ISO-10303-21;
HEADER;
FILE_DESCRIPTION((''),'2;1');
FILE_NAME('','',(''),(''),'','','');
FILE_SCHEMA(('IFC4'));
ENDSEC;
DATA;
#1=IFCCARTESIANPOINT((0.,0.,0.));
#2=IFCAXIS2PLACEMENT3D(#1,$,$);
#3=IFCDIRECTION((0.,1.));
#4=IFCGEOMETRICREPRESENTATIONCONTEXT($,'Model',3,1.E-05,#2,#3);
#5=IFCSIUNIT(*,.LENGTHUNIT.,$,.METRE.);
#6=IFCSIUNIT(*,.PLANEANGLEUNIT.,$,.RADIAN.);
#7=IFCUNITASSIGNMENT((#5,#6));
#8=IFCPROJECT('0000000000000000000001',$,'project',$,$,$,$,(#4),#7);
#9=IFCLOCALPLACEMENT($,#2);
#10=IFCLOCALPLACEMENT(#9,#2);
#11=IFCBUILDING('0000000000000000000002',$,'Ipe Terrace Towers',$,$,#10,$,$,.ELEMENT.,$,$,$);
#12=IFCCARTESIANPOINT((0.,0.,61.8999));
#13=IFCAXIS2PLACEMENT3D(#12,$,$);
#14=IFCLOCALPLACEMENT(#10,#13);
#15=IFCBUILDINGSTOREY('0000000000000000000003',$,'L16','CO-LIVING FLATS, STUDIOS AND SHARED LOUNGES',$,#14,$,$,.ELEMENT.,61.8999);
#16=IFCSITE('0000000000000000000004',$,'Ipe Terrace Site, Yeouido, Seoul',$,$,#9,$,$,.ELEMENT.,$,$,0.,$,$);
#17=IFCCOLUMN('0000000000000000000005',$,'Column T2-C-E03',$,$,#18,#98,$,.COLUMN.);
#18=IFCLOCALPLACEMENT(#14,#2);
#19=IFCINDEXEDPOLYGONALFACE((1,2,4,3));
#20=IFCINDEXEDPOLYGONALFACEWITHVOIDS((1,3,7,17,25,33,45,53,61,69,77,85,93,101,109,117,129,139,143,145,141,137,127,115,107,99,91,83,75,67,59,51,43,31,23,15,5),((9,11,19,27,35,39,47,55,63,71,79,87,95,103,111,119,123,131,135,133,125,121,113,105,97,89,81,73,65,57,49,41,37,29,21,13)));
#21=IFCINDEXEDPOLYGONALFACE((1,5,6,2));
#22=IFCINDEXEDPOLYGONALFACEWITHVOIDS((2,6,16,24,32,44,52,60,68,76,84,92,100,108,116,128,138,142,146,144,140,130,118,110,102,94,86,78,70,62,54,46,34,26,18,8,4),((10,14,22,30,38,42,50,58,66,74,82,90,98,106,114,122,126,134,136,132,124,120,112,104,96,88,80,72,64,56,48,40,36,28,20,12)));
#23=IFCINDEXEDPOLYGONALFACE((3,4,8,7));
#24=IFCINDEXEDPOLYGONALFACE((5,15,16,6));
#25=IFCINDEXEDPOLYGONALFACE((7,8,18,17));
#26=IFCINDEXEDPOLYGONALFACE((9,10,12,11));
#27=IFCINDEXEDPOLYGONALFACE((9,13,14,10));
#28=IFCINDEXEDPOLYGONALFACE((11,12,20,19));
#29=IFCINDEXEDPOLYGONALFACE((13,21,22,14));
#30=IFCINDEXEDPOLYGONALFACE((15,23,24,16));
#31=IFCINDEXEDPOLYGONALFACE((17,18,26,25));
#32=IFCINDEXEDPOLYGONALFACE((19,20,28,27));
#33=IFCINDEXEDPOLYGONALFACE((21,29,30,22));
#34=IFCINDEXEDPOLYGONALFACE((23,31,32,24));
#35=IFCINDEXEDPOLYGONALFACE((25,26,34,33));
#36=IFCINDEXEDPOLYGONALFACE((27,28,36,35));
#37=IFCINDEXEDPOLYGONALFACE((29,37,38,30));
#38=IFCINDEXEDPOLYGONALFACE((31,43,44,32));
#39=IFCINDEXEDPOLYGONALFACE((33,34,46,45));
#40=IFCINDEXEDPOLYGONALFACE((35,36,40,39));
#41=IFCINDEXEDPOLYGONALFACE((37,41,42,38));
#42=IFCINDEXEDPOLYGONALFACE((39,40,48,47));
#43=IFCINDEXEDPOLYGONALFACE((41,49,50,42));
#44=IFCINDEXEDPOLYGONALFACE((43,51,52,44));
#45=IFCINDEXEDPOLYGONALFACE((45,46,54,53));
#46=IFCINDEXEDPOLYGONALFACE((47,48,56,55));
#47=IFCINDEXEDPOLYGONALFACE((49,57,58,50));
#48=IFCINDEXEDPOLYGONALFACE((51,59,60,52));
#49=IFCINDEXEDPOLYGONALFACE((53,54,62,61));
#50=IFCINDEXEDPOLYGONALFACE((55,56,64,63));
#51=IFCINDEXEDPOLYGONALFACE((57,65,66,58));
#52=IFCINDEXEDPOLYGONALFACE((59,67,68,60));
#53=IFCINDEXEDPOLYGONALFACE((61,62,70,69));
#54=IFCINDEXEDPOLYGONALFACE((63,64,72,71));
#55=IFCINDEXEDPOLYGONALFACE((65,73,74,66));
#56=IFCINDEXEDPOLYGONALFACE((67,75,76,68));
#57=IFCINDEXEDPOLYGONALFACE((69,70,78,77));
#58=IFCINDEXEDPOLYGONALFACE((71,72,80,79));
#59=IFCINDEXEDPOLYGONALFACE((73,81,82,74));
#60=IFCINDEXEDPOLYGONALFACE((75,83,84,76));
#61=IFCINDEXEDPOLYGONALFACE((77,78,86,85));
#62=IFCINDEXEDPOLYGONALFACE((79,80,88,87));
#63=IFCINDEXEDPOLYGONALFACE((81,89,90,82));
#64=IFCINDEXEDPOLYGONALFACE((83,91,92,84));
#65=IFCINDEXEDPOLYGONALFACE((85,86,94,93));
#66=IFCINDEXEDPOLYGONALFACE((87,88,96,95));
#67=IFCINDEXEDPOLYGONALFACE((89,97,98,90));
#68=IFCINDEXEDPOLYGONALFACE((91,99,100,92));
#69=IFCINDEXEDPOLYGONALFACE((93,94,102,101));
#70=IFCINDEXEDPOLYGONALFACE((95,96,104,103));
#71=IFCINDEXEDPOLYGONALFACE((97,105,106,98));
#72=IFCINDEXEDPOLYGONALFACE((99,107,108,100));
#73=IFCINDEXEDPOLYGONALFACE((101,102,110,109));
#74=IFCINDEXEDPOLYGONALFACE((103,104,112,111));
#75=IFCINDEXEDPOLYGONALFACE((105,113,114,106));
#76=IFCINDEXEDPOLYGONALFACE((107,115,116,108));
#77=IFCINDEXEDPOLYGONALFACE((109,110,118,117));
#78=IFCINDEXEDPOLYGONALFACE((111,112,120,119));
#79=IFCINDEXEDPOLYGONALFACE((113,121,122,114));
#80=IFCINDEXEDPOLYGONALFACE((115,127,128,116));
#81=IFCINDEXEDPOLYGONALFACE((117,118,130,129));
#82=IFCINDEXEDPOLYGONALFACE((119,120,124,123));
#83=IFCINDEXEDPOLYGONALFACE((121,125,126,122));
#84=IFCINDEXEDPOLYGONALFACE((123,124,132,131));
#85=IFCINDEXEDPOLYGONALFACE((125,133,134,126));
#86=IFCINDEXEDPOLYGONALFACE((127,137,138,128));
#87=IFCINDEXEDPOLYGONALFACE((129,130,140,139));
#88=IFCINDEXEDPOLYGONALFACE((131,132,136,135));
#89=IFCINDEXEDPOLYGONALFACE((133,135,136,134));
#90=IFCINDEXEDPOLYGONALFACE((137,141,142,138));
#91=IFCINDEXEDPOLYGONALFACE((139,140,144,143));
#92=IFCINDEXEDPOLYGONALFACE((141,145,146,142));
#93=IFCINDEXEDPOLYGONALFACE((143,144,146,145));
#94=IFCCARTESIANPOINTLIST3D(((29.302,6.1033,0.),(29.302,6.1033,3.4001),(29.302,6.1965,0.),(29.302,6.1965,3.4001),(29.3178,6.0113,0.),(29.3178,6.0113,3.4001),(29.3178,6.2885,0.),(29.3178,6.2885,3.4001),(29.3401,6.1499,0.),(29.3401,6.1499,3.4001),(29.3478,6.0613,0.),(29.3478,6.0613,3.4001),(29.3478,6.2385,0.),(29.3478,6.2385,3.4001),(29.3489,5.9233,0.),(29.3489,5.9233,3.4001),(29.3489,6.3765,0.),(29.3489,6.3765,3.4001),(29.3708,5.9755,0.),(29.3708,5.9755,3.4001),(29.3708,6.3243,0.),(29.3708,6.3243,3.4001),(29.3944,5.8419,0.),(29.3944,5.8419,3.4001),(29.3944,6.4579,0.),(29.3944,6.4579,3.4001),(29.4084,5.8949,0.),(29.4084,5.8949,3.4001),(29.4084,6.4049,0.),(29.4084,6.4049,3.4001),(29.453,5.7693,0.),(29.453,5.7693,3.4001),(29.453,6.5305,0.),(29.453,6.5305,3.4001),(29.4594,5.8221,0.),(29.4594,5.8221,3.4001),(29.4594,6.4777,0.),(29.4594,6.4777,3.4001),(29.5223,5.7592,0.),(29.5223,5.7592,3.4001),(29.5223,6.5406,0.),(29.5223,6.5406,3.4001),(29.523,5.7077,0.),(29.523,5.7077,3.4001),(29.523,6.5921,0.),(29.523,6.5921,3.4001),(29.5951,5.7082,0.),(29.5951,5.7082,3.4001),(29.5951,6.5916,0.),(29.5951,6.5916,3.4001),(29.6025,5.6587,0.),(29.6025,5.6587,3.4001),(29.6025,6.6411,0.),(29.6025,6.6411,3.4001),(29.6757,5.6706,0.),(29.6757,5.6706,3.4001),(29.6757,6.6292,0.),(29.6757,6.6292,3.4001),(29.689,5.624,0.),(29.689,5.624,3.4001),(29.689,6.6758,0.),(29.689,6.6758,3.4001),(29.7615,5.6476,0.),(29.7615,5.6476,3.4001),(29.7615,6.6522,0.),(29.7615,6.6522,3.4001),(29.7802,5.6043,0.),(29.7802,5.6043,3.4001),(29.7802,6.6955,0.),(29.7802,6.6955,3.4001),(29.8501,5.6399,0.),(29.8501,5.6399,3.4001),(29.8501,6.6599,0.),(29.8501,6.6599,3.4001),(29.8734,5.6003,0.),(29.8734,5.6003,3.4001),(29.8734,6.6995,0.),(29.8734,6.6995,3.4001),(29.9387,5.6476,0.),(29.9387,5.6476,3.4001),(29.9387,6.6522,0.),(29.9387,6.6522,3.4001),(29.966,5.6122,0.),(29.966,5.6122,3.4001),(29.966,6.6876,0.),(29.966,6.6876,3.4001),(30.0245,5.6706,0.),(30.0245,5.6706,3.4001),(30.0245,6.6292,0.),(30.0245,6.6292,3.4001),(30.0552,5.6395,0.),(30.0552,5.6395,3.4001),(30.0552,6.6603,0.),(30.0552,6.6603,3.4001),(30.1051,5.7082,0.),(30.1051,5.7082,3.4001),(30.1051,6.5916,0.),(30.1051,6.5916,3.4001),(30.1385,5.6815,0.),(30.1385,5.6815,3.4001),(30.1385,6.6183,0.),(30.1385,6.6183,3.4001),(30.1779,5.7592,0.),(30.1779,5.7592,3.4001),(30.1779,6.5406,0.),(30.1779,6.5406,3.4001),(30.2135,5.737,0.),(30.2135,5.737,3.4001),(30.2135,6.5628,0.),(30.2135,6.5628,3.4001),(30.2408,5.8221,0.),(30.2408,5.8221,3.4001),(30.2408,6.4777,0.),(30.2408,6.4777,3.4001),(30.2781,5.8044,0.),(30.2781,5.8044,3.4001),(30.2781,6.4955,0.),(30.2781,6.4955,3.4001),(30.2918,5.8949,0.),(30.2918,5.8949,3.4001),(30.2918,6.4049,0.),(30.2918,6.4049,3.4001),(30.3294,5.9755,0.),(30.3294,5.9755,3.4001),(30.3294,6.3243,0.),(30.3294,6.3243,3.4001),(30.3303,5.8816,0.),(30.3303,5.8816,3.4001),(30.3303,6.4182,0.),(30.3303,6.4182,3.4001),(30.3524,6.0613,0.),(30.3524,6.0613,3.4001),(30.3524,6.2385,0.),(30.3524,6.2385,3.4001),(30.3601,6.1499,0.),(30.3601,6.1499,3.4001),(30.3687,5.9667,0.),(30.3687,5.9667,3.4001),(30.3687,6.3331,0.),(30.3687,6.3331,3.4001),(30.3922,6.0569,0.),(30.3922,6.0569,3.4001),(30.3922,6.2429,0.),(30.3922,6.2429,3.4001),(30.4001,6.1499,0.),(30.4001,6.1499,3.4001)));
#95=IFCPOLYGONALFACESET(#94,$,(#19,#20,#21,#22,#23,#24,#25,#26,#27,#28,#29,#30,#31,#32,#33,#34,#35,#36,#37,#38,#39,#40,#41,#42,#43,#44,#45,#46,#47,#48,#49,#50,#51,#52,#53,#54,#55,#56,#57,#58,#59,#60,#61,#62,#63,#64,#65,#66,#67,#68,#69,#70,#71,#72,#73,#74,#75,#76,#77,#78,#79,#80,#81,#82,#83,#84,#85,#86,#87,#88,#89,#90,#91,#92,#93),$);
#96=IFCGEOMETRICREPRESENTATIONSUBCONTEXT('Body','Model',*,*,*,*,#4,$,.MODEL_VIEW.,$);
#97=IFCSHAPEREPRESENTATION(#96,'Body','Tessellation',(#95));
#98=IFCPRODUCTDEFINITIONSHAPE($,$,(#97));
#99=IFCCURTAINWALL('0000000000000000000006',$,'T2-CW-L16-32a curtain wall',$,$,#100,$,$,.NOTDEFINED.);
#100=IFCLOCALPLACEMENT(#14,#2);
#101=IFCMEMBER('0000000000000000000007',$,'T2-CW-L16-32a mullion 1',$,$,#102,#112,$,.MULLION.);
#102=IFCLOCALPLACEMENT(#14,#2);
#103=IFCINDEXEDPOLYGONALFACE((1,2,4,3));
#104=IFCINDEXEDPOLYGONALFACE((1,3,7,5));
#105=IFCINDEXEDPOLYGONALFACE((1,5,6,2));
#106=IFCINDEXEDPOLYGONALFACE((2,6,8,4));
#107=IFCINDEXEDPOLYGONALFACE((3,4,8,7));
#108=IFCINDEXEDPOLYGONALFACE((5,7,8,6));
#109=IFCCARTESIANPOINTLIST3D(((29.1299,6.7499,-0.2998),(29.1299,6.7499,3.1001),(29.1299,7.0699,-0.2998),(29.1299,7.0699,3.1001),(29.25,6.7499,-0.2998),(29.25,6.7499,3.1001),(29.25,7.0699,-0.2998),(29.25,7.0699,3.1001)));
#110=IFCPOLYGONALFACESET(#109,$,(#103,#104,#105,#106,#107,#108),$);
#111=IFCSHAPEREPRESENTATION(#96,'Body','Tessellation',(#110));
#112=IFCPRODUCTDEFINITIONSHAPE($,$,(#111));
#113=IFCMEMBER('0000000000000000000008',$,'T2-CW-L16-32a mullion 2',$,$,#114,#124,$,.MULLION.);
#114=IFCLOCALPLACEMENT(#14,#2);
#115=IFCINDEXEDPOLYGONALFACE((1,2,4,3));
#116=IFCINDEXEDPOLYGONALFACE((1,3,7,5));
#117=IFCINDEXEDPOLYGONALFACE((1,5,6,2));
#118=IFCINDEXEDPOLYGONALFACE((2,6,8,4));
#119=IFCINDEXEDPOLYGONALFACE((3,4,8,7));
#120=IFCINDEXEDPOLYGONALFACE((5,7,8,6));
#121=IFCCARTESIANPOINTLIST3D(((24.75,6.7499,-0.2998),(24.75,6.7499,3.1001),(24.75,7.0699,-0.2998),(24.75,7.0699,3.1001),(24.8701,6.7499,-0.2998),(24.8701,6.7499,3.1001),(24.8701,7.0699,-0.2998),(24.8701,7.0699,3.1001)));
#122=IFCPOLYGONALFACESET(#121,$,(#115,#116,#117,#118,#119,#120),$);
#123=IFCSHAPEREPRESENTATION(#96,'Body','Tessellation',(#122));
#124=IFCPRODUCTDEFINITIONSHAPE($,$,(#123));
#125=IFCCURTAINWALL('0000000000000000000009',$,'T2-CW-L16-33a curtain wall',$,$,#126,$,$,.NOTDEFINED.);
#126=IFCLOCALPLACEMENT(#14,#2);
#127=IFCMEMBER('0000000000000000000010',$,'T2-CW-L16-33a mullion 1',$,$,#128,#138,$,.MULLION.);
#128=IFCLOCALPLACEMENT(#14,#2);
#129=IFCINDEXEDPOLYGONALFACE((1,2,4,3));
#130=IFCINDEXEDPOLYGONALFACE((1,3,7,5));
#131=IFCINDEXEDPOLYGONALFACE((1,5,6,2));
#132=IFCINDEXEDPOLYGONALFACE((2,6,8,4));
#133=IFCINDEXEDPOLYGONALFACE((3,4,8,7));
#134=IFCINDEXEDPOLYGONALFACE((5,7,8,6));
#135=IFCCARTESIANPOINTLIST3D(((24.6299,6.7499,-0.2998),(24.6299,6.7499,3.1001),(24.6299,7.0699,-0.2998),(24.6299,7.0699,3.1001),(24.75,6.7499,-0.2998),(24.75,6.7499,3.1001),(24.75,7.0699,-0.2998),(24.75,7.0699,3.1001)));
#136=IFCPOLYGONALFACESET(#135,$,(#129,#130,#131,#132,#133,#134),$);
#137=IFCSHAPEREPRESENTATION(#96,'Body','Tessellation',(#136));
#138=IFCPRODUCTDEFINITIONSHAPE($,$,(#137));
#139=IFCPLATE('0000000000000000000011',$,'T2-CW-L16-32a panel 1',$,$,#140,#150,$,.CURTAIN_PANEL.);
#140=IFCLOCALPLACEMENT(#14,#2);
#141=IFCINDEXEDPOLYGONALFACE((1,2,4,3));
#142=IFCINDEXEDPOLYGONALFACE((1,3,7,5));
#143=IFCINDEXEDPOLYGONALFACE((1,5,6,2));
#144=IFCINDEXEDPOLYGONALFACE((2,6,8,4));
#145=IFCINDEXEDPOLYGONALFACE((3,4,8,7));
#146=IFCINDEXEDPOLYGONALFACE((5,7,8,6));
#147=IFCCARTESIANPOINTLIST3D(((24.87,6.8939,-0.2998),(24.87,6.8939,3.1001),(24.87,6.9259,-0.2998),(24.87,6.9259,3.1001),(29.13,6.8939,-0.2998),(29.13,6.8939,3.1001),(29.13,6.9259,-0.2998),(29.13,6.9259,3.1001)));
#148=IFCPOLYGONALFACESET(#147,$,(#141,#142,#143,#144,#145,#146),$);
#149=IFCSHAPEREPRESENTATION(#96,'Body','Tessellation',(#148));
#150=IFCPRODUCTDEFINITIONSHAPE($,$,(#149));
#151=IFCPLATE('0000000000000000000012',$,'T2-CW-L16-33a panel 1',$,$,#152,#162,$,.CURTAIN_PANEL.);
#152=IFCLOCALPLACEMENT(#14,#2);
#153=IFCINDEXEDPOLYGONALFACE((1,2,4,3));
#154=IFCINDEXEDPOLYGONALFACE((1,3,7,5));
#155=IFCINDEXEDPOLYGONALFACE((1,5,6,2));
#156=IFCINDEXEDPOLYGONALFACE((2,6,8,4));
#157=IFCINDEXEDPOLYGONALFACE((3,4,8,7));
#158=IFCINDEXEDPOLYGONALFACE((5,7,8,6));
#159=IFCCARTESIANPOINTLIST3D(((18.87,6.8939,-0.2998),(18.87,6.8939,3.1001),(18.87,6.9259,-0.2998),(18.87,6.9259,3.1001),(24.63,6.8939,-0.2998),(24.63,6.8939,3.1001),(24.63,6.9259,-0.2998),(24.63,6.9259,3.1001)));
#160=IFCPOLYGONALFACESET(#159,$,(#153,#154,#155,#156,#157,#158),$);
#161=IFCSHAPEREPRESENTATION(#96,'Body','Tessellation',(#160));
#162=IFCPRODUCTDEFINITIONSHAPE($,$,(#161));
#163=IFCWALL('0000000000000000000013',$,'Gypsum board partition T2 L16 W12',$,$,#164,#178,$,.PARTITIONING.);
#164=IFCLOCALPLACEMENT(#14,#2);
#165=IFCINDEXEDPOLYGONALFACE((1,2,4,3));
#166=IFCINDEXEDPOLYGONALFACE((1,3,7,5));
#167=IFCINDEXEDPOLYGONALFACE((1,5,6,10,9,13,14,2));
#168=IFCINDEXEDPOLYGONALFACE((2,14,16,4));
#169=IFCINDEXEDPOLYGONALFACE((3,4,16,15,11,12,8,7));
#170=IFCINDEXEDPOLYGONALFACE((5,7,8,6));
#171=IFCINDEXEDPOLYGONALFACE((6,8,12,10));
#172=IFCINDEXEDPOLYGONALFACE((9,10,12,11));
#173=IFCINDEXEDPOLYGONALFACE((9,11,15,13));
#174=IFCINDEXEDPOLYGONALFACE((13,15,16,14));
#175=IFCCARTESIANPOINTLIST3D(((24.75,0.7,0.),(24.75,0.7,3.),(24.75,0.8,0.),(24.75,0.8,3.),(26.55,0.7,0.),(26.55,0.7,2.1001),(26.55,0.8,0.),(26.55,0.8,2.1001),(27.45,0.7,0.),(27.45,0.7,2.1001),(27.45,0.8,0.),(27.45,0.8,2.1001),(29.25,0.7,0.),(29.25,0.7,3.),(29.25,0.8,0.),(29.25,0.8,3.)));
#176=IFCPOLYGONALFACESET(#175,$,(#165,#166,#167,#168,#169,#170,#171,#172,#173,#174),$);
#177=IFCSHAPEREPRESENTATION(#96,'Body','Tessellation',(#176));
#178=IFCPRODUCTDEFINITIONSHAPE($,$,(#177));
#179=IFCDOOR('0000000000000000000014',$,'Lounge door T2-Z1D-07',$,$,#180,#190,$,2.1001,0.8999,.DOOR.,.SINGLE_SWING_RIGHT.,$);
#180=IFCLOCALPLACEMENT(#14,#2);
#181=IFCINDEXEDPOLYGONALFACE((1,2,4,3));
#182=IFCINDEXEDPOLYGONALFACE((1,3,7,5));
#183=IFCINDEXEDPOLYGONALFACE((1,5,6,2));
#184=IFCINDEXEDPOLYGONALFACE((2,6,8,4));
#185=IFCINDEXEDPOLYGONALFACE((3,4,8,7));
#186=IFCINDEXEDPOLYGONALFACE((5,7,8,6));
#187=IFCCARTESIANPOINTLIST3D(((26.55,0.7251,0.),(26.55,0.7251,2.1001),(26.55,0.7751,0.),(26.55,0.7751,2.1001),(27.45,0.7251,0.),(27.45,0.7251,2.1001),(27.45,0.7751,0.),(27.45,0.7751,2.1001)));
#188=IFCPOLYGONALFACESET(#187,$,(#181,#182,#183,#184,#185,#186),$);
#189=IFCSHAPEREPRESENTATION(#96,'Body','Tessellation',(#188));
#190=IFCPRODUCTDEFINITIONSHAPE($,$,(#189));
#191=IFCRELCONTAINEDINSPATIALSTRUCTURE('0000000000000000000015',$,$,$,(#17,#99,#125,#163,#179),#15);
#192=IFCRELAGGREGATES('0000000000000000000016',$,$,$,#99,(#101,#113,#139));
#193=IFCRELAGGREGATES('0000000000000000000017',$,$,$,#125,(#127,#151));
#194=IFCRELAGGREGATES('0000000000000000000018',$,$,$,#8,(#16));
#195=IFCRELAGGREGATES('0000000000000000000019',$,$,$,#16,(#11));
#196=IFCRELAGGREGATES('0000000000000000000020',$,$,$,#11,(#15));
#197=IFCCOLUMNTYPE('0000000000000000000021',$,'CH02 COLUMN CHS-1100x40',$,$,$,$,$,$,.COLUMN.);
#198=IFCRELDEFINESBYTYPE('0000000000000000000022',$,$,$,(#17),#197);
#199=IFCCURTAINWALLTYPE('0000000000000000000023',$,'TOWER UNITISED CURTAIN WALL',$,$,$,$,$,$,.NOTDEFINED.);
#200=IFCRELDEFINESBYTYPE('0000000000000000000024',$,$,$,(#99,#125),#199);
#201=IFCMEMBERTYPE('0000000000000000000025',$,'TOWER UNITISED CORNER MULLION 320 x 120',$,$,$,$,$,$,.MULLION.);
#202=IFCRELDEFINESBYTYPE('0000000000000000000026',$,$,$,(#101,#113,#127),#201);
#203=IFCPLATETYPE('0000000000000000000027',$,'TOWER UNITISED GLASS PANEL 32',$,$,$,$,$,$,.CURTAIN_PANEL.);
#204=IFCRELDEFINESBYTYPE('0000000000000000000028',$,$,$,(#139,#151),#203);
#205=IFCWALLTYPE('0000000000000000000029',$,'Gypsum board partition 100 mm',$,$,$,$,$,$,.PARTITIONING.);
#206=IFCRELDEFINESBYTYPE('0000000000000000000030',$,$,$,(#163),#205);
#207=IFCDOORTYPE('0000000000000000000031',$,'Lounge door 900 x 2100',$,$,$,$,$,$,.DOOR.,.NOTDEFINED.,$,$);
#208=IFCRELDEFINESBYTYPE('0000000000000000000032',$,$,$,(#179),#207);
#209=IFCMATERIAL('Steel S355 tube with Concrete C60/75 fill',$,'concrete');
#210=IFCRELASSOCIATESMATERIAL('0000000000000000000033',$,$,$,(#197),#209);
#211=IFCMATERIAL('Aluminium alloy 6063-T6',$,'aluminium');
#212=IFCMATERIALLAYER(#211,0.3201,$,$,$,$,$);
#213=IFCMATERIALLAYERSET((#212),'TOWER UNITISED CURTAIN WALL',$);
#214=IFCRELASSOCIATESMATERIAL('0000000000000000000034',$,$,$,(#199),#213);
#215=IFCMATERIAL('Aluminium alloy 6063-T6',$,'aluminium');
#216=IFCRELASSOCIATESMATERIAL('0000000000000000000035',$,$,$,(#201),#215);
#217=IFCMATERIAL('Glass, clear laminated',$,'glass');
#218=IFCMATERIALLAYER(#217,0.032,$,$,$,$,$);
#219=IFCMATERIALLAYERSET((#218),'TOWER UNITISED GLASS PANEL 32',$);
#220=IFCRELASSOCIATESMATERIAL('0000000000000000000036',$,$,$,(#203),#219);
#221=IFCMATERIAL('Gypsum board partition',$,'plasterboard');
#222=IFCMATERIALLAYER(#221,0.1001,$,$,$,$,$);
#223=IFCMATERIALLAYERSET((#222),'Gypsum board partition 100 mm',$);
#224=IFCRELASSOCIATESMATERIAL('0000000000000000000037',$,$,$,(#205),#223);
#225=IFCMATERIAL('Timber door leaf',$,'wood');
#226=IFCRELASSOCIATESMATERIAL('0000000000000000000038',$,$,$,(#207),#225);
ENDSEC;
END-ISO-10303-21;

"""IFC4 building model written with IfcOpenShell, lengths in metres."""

from ifc_helpers import new_model, si_unit, direction, frame, frame_2d, origin, origin_2d, place, context, subcontext, project, spatial, rectangle, hollow_circle, extrude, material, layer, layer_set, material_profile, profile_set, type_object, element, fill, aggregate, save


model = new_model("IFC4")

# Units and contexts
model_context = context("Model", 3, precision=1e-05, world=origin(), true_north=direction((0.0, 1.0)))
body_context = subcontext(model_context, "Body", "Model", "MODEL_VIEW")
ifc_project = project(units=[si_unit("LENGTHUNIT", "METRE"), si_unit("PLANEANGLEUNIT", "RADIAN")], contexts=[model_context])

# Site, building, storey
site_placement = place(None, origin())
site = spatial("IfcSite", under=ifc_project, at=site_placement, Name="Ipe Terrace Site, Yeouido, Seoul", CompositionType="ELEMENT", RefElevation=0.0)
building_placement = place(site_placement, origin())
building = spatial("IfcBuilding", under=site, at=building_placement, Name="Ipe Terrace Towers", CompositionType="ELEMENT")
storey_placement = place(building_placement, frame((0.0, 0.0, 61.8999)))
storey = spatial("IfcBuildingStorey", under=building, at=storey_placement, Name="L16", Description="CO-LIVING FLATS, STUDIOS AND SHARED LOUNGES", CompositionType="ELEMENT", Elevation=61.8999)

# Column
ifc_material_1 = material(Name="Steel S355 tube with Concrete C60/75 fill", Category="concrete")
ifc_material_profile_1 = material_profile(ifc_material_1, hollow_circle(Radius=0.55, WallThickness=0.04, at=origin_2d()), Name="CHS-1100x40")
ifc_profile_set_1 = profile_set([ifc_material_profile_1], Name="Steel S355 tube with Concrete C60/75 fill")
column_type = type_object("IfcColumnType", Name="CH02 COLUMN CHS-1100x40", PredefinedType="COLUMN", material=ifc_profile_set_1)
column_placement = place(storey_placement, frame((29.8501, 6.1499, 0.0), z_axis=(0.0, 0.0, 1.0), x_axis=(1.0, 0.0, 0.0)))
element("IfcColumn", 1, at=column_placement, inside=storey, type_object=column_type, Name="Column T2-C-E03", PredefinedType="COLUMN", context=body_context, shape_type="SweptSolid", body=[
    extrude(hollow_circle(Radius=0.55, WallThickness=0.04, at=origin_2d()), origin(), (0.0, 0.0, 1.0), 3.4001),
])

# Curtain wall, members
ifc_material_2 = material(Name="Aluminium alloy 6063-T6", Category="aluminium")
ifc_layer_1 = layer(ifc_material_2, 0.3201)
ifc_layer_set_1 = layer_set([ifc_layer_1], Name="TOWER UNITISED CURTAIN WALL")
curtain_wall_type = type_object("IfcCurtainWallType", Name="TOWER UNITISED CURTAIN WALL", PredefinedType="NOTDEFINED", material=ifc_layer_set_1)
curtain_wall_1_placement = place(storey_placement, origin())
curtain_wall_1 = element("IfcCurtainWall", 2, at=curtain_wall_1_placement, inside=storey, type_object=curtain_wall_type, Name="T2-CW-L16-32a curtain wall", PredefinedType="NOTDEFINED")
ifc_material_3 = material(Name="Aluminium alloy 6063-T6", Category="aluminium")
ifc_material_profile_2 = material_profile(ifc_material_3, rectangle(XDim=0.3201, YDim=0.1201, at=origin_2d()), Name="TOWER UNITISED CORNER MULLION 320 x 120")
ifc_profile_set_2 = profile_set([ifc_material_profile_2], Name="Aluminium alloy 6063-T6")
member_type = type_object("IfcMemberType", Name="TOWER UNITISED CORNER MULLION 320 x 120", PredefinedType="MULLION", material=ifc_profile_set_2)
member_1_placement = place(storey_placement, frame((29.1899, 6.9099, -0.2998), z_axis=(0.0, 0.0, 1.0), x_axis=(0.0, 1.0, 0.0)))
member_1 = element("IfcMember", 3, at=member_1_placement, type_object=member_type, Name="T2-CW-L16-32a mullion 1", PredefinedType="MULLION", context=body_context, shape_type="SweptSolid", body=[
    extrude(rectangle(XDim=0.3201, YDim=0.1201, at=origin_2d()), origin(), (0.0, 0.0, 1.0), 3.3999),
])
member_2_placement = place(storey_placement, frame((24.8101, 6.9099, -0.2998), z_axis=(0.0, 0.0, 1.0), x_axis=(0.0, 1.0, 0.0)))
member_2 = element("IfcMember", 4, at=member_2_placement, type_object=member_type, Name="T2-CW-L16-32a mullion 2", PredefinedType="MULLION", context=body_context, shape_type="SweptSolid", body=[
    extrude(rectangle(XDim=0.3201, YDim=0.1201, at=origin_2d()), origin(), (0.0, 0.0, 1.0), 3.3999),
])

# Curtain wall, member
curtain_wall_2_placement = place(storey_placement, origin())
curtain_wall_2 = element("IfcCurtainWall", 5, at=curtain_wall_2_placement, inside=storey, type_object=curtain_wall_type, Name="T2-CW-L16-33a curtain wall", PredefinedType="NOTDEFINED")
member_3_placement = place(storey_placement, frame((24.6899, 6.9099, -0.2998), z_axis=(0.0, 0.0, 1.0), x_axis=(0.0, 1.0, 0.0)))
member_3 = element("IfcMember", 6, at=member_3_placement, type_object=member_type, Name="T2-CW-L16-33a mullion 1", PredefinedType="MULLION", context=body_context, shape_type="SweptSolid", body=[
    extrude(rectangle(XDim=0.3201, YDim=0.1201, at=origin_2d()), origin(), (0.0, 0.0, 1.0), 3.3999),
])

# Plates
ifc_material_4 = material(Name="Glass, clear laminated", Category="glass")
ifc_layer_2 = layer(ifc_material_4, 0.032)
ifc_layer_set_2 = layer_set([ifc_layer_2], Name="TOWER UNITISED GLASS PANEL 32")
plate_type = type_object("IfcPlateType", Name="TOWER UNITISED GLASS PANEL 32", PredefinedType="CURTAIN_PANEL", material=ifc_layer_set_2)
plate_1_placement = place(storey_placement, frame((27.0, 6.9099, -0.2998), z_axis=(0.0, 0.0, 1.0), x_axis=(-1.0, 0.0, 0.0)))
plate_1 = element("IfcPlate", 7, at=plate_1_placement, type_object=plate_type, Name="T2-CW-L16-32a panel 1", PredefinedType="CURTAIN_PANEL", context=body_context, shape_type="SweptSolid", body=[
    extrude(rectangle(XDim=4.26, YDim=0.032, at=origin_2d()), origin(), (0.0, 0.0, 1.0), 3.3999),
])
aggregate(curtain_wall_1, [member_1, member_2, plate_1])
plate_2_placement = place(storey_placement, frame((21.75, 6.9099, -0.2998), z_axis=(0.0, 0.0, 1.0), x_axis=(-1.0, 0.0, 0.0)))
plate_2 = element("IfcPlate", 8, at=plate_2_placement, type_object=plate_type, Name="T2-CW-L16-33a panel 1", PredefinedType="CURTAIN_PANEL", context=body_context, shape_type="SweptSolid", body=[
    extrude(rectangle(XDim=5.76, YDim=0.032, at=origin_2d()), origin(), (0.0, 0.0, 1.0), 3.3999),
])
aggregate(curtain_wall_2, [member_3, plate_2])

# Wall, opening, door
ifc_material_5 = material(Name="Gypsum board partition", Category="plasterboard")
ifc_layer_3 = layer(ifc_material_5, 0.1001)
ifc_layer_set_3 = layer_set([ifc_layer_3], Name="Gypsum board partition 100 mm")
wall_type_1 = type_object("IfcWallType", Name="Gypsum board partition 100 mm", PredefinedType="PARTITIONING", material=ifc_layer_set_3)
wall_1_placement = place(storey_placement, frame((29.25, 0.75, 0.0), z_axis=(0.0, 0.0, 1.0), x_axis=(-1.0, 0.0, 0.0)))
wall_1 = element("IfcWall", 9, at=wall_1_placement, inside=storey, type_object=wall_type_1, Name="Gypsum board partition T2 L16 W12", PredefinedType="PARTITIONING", context=body_context, shape_type="SweptSolid", body=[
    extrude(rectangle(XDim=4.5, YDim=0.1001, at=frame_2d((2.25, 0.0))), origin(), (0.0, 0.0, 1.0), 3.0),
])
opening_1_placement = place(wall_1_placement, frame((1.8, 0.0, 0.0)))
opening_1 = element("IfcOpeningElement", 10, at=opening_1_placement, cuts=wall_1, PredefinedType="OPENING", context=body_context, shape_type="SweptSolid", body=[
    extrude(rectangle(XDim=0.8999, YDim=2.1001, at=frame_2d((0.45, 1.05))), frame((0.0, 0.0601, 0.0), z_axis=(0.0, -1.0, 0.0), x_axis=(1.0, 0.0, 0.0)), (0.0, 0.0, 1.0), 0.1201),
])
ifc_material_6 = material(Name="Timber door leaf", Category="wood")
door_type_1 = type_object("IfcDoorType", Name="Lounge door 900 x 2100", OperationType="NOTDEFINED", PredefinedType="DOOR", material=ifc_material_6)
door_1_placement = place(opening_1_placement, origin())
door_1 = element("IfcDoor", 11, at=door_1_placement, inside=storey, type_object=door_type_1, Name="Lounge door T2-Z1D-07", OperationType="SINGLE_SWING_RIGHT", OverallHeight=2.1001, OverallWidth=0.8999, PredefinedType="DOOR", context=body_context, shape_type="SweptSolid", body=[
    extrude(rectangle(XDim=0.8999, YDim=2.1001, at=frame_2d((0.45, 1.05))), frame((0.0, 0.0249, 0.0), z_axis=(0.0, -1.0, 0.0), x_axis=(1.0, 0.0, 0.0)), (0.0, 0.0, 1.0), 0.05),
])
fill(opening_1, door_1)

save(model, "model.ifc")
